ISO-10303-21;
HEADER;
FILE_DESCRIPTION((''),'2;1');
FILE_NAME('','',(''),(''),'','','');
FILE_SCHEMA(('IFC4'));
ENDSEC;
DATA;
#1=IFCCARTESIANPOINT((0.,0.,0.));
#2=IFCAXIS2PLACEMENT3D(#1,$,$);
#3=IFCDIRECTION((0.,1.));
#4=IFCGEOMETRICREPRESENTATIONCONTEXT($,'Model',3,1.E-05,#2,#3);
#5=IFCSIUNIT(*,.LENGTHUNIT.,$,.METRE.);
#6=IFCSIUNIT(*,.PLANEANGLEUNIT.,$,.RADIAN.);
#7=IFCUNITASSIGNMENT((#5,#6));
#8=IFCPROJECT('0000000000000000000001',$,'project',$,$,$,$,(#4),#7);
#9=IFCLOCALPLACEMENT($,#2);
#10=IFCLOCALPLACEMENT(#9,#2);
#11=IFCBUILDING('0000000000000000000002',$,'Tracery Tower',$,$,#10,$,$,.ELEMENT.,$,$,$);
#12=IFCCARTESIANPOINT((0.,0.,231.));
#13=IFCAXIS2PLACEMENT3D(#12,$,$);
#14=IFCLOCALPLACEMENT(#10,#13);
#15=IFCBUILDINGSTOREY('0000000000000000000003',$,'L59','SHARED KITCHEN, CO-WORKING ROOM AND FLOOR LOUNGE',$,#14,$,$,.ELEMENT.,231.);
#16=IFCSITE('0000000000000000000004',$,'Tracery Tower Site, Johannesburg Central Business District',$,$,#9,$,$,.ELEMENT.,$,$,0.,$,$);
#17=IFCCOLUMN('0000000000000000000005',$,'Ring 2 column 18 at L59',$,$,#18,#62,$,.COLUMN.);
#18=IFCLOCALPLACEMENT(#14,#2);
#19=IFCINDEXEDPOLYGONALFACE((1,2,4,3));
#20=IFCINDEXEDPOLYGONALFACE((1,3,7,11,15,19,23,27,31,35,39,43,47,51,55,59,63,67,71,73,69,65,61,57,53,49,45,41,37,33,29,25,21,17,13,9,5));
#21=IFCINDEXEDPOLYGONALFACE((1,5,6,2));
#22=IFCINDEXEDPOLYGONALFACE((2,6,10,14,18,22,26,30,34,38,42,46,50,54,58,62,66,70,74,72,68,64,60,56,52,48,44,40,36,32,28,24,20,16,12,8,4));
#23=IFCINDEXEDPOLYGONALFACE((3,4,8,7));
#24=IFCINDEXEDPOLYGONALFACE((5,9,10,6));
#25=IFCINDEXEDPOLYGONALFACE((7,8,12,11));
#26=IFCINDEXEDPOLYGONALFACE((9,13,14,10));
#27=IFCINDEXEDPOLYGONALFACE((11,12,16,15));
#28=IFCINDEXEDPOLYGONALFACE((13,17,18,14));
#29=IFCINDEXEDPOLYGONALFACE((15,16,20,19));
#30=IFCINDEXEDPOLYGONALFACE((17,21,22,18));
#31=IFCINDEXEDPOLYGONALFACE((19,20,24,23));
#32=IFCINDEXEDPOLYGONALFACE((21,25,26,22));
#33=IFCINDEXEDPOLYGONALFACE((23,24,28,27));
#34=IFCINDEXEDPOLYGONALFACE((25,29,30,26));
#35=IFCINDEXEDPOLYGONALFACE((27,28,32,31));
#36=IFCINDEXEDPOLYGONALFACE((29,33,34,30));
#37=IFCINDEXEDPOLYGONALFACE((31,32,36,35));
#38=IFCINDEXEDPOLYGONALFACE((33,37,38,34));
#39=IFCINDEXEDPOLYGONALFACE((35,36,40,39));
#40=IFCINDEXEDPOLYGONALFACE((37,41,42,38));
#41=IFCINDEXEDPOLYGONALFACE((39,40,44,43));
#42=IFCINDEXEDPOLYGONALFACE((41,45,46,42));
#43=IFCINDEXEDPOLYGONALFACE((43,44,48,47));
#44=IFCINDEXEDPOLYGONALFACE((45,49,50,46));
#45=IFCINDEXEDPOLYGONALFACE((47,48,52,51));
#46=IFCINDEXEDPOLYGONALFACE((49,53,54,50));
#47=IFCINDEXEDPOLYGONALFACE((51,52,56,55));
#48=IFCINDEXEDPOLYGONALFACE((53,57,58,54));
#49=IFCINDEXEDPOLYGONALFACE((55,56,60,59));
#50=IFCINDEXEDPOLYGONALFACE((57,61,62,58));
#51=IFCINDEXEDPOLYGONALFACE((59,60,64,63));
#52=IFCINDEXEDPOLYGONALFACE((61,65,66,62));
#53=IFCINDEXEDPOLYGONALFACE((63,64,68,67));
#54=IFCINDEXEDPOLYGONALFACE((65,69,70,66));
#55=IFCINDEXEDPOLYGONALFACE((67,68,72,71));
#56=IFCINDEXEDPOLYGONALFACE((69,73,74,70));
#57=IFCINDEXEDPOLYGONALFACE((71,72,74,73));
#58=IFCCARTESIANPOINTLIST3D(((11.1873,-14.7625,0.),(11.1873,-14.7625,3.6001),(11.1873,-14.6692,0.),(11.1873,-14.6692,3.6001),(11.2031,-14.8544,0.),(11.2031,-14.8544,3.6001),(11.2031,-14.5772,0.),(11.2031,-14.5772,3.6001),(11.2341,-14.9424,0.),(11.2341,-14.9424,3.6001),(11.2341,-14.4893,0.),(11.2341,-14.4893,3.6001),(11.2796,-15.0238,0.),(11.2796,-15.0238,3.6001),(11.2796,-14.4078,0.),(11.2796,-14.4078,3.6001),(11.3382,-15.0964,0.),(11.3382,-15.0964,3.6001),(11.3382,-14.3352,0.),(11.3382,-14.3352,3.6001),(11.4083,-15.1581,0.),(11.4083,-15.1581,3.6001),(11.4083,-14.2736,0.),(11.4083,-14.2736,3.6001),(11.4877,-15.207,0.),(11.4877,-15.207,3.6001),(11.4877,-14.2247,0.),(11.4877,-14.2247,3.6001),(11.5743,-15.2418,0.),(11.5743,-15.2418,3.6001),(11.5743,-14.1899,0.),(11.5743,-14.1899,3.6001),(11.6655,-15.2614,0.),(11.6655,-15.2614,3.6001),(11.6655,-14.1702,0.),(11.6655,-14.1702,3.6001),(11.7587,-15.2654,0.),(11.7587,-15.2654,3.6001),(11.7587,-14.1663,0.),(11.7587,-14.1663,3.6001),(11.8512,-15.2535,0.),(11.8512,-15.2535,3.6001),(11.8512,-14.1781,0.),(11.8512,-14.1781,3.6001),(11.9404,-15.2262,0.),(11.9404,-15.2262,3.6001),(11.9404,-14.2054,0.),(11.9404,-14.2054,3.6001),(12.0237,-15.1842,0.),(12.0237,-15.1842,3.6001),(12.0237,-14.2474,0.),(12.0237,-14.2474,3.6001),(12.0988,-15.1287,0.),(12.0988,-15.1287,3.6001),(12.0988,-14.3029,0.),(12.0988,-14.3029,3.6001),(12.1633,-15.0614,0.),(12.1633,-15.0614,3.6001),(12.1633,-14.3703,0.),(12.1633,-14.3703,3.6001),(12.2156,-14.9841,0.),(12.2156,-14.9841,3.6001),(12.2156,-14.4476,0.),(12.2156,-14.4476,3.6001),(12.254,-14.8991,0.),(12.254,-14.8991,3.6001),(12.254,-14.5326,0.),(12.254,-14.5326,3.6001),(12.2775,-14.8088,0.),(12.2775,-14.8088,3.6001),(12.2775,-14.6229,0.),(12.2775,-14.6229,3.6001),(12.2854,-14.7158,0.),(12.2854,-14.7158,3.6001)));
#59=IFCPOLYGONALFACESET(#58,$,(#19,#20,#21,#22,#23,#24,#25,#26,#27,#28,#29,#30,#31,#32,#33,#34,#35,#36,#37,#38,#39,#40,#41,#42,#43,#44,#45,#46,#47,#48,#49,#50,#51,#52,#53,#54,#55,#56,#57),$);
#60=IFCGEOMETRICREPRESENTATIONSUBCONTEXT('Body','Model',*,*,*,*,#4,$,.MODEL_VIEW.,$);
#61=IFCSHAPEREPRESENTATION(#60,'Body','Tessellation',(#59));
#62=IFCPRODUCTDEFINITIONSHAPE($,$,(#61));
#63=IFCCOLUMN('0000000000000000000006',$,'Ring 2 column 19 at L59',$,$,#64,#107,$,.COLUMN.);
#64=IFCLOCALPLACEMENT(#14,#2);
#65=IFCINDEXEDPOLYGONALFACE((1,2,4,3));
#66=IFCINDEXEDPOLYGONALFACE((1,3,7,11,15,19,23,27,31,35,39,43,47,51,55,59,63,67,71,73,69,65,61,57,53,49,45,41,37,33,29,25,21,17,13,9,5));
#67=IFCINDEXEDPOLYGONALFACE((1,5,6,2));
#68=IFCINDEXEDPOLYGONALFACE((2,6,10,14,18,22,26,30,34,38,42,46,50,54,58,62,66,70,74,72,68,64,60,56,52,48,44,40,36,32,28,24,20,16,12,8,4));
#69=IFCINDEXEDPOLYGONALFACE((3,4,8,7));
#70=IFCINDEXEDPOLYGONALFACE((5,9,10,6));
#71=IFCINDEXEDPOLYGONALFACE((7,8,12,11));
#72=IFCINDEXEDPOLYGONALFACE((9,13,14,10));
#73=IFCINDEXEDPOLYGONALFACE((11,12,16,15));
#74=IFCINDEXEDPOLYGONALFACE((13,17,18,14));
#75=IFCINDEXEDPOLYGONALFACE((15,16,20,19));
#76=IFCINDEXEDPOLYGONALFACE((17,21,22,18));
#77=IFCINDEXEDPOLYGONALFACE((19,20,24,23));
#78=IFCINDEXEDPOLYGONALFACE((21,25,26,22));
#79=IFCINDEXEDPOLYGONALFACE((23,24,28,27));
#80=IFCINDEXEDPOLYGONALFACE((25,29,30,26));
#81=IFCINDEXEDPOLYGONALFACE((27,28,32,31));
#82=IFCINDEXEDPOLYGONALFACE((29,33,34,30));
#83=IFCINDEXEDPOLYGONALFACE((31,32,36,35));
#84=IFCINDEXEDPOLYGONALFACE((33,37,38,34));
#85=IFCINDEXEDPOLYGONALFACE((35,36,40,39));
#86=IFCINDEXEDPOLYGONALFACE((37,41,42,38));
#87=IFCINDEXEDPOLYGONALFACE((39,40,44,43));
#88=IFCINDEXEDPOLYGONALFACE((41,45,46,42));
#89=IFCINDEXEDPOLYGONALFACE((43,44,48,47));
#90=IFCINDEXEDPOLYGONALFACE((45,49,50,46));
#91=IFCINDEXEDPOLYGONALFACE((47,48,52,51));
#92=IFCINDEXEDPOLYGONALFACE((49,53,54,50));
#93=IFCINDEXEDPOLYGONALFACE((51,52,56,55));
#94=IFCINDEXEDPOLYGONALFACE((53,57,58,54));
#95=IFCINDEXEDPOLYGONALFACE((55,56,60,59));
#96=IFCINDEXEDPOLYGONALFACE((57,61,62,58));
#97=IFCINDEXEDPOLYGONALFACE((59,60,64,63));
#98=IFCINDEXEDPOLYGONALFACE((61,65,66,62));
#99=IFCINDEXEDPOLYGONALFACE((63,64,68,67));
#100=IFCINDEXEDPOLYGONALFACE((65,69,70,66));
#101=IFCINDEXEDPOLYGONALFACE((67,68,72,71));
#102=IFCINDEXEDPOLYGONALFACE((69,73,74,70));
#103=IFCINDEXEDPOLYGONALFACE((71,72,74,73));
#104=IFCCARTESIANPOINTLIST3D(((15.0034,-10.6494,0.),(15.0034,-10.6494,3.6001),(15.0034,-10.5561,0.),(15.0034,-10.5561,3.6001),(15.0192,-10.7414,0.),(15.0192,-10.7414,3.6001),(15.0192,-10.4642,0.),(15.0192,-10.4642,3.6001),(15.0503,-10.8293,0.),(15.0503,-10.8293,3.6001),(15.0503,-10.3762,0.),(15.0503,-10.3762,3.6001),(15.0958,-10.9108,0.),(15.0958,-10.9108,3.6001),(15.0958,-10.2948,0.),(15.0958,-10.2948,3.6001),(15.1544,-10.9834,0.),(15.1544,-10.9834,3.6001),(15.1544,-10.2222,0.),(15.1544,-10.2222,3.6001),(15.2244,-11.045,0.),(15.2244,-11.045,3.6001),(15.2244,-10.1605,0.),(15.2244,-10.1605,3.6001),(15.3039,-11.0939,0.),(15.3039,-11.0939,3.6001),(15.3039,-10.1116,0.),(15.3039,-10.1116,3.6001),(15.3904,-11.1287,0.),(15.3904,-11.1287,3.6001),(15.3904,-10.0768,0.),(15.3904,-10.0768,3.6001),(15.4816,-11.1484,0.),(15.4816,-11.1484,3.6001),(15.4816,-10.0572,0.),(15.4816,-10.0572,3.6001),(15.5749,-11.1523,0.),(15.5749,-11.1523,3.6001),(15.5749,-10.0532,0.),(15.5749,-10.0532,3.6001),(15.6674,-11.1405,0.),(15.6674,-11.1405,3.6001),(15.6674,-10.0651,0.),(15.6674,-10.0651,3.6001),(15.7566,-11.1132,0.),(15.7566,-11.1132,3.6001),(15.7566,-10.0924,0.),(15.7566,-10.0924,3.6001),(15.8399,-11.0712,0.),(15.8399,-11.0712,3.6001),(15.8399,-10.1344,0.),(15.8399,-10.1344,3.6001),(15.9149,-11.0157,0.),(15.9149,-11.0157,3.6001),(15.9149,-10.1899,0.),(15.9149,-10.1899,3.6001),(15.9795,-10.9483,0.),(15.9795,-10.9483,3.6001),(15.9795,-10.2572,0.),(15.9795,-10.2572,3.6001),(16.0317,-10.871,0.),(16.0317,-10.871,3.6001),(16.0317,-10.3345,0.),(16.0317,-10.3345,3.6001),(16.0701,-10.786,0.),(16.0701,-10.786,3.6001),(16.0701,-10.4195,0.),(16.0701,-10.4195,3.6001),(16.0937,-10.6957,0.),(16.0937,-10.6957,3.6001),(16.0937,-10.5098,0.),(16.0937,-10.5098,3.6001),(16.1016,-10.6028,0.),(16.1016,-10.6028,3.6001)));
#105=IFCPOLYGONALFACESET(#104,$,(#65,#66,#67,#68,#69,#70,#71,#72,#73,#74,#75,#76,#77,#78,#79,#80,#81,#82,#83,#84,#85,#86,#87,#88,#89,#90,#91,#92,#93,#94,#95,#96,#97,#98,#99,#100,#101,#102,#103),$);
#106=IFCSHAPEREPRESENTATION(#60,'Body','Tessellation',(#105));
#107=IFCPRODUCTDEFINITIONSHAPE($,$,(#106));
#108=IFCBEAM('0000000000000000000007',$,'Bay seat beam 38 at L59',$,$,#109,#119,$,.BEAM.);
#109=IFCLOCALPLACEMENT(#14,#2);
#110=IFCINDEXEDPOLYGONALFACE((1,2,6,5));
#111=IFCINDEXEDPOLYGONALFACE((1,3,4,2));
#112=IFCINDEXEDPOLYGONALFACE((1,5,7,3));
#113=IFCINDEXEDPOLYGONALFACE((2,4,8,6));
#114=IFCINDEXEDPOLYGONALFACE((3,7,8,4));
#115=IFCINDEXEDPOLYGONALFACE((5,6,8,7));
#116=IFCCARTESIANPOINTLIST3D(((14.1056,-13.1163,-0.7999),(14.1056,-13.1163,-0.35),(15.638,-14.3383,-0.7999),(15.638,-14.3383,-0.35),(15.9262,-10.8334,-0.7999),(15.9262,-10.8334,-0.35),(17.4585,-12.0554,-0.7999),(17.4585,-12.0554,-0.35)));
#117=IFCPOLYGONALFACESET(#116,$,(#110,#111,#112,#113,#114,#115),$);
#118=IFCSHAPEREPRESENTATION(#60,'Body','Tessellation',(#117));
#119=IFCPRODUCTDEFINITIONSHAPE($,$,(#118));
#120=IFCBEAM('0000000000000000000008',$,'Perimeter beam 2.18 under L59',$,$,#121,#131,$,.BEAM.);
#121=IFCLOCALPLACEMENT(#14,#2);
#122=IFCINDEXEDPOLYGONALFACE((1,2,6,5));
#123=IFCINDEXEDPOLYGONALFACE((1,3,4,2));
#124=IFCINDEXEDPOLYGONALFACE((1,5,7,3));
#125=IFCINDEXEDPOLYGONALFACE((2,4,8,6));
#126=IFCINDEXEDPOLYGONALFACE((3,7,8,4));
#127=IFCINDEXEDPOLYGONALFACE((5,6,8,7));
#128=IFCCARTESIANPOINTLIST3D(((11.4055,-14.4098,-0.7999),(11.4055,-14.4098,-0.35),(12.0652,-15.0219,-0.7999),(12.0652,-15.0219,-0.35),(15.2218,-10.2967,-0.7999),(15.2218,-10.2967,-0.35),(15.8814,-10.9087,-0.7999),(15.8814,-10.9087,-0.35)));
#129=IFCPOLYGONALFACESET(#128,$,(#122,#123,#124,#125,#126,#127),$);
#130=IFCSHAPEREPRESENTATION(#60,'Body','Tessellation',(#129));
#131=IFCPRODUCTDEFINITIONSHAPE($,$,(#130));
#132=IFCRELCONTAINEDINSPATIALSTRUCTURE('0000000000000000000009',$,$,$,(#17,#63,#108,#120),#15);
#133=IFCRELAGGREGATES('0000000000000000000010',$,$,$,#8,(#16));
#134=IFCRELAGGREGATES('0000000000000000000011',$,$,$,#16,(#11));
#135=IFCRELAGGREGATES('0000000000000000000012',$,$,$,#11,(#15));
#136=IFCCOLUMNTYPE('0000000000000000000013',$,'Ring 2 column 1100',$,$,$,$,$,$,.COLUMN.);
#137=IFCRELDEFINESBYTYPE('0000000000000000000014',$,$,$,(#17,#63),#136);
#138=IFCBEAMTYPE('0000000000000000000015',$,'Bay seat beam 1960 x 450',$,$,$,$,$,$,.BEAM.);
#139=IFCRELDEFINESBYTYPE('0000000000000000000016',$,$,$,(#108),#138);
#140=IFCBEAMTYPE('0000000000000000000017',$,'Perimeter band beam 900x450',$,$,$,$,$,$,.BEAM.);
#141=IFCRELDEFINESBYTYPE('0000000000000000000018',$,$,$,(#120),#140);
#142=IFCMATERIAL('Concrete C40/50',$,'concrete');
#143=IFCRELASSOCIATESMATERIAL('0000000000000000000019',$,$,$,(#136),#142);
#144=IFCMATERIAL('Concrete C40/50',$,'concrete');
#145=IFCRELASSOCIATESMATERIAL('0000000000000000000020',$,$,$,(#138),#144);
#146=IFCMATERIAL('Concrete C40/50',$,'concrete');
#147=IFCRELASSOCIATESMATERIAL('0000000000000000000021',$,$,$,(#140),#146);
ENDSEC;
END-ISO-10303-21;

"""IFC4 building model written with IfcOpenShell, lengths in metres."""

from ifc_helpers import new_model, si_unit, direction, frame, origin, origin_2d, place, context, subcontext, project, spatial, rectangle, circle, extrude, material, material_profile, profile_set, type_object, element, save


model = new_model("IFC4")

# Units and contexts
model_context = context("Model", 3, precision=1e-05, world=origin(), true_north=direction((0.0, 1.0)))
body_context = subcontext(model_context, "Body", "Model", "MODEL_VIEW")
ifc_project = project(units=[si_unit("LENGTHUNIT", "METRE"), si_unit("PLANEANGLEUNIT", "RADIAN")], contexts=[model_context])

# Site, building, storey
site_placement = place(None, origin())
site = spatial("IfcSite", under=ifc_project, at=site_placement, Name="Tracery Tower Site, Johannesburg Central Business District", CompositionType="ELEMENT", RefElevation=0.0)
building_placement = place(site_placement, origin())
building = spatial("IfcBuilding", under=site, at=building_placement, Name="Tracery Tower", CompositionType="ELEMENT")
storey_placement = place(building_placement, frame((0.0, 0.0, 231.0)))
storey = spatial("IfcBuildingStorey", under=building, at=storey_placement, Name="L59", Description="SHARED KITCHEN, CO-WORKING ROOM AND FLOOR LOUNGE", CompositionType="ELEMENT", Elevation=231.0)

# Columns
ifc_material_1 = material(Name="Concrete C40/50", Category="concrete")
ifc_material_profile_1 = material_profile(ifc_material_1, circle(Radius=0.55, at=origin_2d()), Name="RC D1100")
ifc_profile_set_1 = profile_set([ifc_material_profile_1], Name="Concrete C40/50")
column_type = type_object("IfcColumnType", Name="Ring 2 column 1100", PredefinedType="COLUMN", material=ifc_profile_set_1)
for number, where, z_axis, x_axis, name in (
    (1, (11.7354, -14.7158, 0.0), (0.0, 0.0, 1.0), (1.0, 0.0, 0.0), "Ring 2 column 18 at L59"),
    (2, (15.5515, -10.6028, 0.0), (0.0, 0.0, 1.0), (1.0, 0.0, 0.0), "Ring 2 column 19 at L59"),
):
    element("IfcColumn", number, at=place(storey_placement, frame(where, z_axis=z_axis, x_axis=x_axis)), inside=storey, type_object=column_type, Name=name, PredefinedType="COLUMN", context=body_context, shape_type="SweptSolid", body=[
        extrude(circle(Radius=0.55, at=origin_2d()), origin(), (0.0, 0.0, 1.0), 3.6001),
    ])

# Beams
ifc_material_2 = material(Name="Concrete C40/50", Category="concrete")
ifc_material_profile_2 = material_profile(ifc_material_2, rectangle(XDim=1.96, YDim=0.45, at=origin_2d()), Name="RC 1960x450")
ifc_profile_set_2 = profile_set([ifc_material_profile_2], Name="Concrete C40/50")
beam_type_1 = type_object("IfcBeamType", Name="Bay seat beam 1960 x 450", PredefinedType="BEAM", material=ifc_profile_set_2)
beam_1_placement = place(storey_placement, frame((14.8718, -13.7273, -0.575), z_axis=(0.623481, 0.781839, 0.0), x_axis=(-0.781839, 0.623481, 0.0)))
element("IfcBeam", 3, at=beam_1_placement, inside=storey, type_object=beam_type_1, Name="Bay seat beam 38 at L59", PredefinedType="BEAM", context=body_context, shape_type="SweptSolid", body=[
    extrude(rectangle(XDim=1.96, YDim=0.45, at=origin_2d()), origin(), (0.0, 0.0, 1.0), 2.9199),
])
ifc_material_3 = material(Name="Concrete C40/50", Category="concrete")
ifc_material_profile_3 = material_profile(ifc_material_3, rectangle(XDim=0.8999, YDim=0.45, at=origin_2d()), Name="RC 900x450")
ifc_profile_set_3 = profile_set([ifc_material_profile_3], Name="Concrete C40/50")
beam_type_2 = type_object("IfcBeamType", Name="Perimeter band beam 900x450", PredefinedType="BEAM", material=ifc_profile_set_3)
beam_2_placement = place(storey_placement, frame((11.7354, -14.7158, -0.575), z_axis=(0.680156, 0.733068, 0.0), x_axis=(-0.733068, 0.680156, 0.0)))
element("IfcBeam", 4, at=beam_2_placement, inside=storey, type_object=beam_type_2, Name="Perimeter beam 2.18 under L59", PredefinedType="BEAM", context=body_context, shape_type="SweptSolid", body=[
    extrude(rectangle(XDim=0.8999, YDim=0.45, at=origin_2d()), origin(), (0.0, 0.0, 1.0), 5.6108),
])

save(model, "model.ifc")
